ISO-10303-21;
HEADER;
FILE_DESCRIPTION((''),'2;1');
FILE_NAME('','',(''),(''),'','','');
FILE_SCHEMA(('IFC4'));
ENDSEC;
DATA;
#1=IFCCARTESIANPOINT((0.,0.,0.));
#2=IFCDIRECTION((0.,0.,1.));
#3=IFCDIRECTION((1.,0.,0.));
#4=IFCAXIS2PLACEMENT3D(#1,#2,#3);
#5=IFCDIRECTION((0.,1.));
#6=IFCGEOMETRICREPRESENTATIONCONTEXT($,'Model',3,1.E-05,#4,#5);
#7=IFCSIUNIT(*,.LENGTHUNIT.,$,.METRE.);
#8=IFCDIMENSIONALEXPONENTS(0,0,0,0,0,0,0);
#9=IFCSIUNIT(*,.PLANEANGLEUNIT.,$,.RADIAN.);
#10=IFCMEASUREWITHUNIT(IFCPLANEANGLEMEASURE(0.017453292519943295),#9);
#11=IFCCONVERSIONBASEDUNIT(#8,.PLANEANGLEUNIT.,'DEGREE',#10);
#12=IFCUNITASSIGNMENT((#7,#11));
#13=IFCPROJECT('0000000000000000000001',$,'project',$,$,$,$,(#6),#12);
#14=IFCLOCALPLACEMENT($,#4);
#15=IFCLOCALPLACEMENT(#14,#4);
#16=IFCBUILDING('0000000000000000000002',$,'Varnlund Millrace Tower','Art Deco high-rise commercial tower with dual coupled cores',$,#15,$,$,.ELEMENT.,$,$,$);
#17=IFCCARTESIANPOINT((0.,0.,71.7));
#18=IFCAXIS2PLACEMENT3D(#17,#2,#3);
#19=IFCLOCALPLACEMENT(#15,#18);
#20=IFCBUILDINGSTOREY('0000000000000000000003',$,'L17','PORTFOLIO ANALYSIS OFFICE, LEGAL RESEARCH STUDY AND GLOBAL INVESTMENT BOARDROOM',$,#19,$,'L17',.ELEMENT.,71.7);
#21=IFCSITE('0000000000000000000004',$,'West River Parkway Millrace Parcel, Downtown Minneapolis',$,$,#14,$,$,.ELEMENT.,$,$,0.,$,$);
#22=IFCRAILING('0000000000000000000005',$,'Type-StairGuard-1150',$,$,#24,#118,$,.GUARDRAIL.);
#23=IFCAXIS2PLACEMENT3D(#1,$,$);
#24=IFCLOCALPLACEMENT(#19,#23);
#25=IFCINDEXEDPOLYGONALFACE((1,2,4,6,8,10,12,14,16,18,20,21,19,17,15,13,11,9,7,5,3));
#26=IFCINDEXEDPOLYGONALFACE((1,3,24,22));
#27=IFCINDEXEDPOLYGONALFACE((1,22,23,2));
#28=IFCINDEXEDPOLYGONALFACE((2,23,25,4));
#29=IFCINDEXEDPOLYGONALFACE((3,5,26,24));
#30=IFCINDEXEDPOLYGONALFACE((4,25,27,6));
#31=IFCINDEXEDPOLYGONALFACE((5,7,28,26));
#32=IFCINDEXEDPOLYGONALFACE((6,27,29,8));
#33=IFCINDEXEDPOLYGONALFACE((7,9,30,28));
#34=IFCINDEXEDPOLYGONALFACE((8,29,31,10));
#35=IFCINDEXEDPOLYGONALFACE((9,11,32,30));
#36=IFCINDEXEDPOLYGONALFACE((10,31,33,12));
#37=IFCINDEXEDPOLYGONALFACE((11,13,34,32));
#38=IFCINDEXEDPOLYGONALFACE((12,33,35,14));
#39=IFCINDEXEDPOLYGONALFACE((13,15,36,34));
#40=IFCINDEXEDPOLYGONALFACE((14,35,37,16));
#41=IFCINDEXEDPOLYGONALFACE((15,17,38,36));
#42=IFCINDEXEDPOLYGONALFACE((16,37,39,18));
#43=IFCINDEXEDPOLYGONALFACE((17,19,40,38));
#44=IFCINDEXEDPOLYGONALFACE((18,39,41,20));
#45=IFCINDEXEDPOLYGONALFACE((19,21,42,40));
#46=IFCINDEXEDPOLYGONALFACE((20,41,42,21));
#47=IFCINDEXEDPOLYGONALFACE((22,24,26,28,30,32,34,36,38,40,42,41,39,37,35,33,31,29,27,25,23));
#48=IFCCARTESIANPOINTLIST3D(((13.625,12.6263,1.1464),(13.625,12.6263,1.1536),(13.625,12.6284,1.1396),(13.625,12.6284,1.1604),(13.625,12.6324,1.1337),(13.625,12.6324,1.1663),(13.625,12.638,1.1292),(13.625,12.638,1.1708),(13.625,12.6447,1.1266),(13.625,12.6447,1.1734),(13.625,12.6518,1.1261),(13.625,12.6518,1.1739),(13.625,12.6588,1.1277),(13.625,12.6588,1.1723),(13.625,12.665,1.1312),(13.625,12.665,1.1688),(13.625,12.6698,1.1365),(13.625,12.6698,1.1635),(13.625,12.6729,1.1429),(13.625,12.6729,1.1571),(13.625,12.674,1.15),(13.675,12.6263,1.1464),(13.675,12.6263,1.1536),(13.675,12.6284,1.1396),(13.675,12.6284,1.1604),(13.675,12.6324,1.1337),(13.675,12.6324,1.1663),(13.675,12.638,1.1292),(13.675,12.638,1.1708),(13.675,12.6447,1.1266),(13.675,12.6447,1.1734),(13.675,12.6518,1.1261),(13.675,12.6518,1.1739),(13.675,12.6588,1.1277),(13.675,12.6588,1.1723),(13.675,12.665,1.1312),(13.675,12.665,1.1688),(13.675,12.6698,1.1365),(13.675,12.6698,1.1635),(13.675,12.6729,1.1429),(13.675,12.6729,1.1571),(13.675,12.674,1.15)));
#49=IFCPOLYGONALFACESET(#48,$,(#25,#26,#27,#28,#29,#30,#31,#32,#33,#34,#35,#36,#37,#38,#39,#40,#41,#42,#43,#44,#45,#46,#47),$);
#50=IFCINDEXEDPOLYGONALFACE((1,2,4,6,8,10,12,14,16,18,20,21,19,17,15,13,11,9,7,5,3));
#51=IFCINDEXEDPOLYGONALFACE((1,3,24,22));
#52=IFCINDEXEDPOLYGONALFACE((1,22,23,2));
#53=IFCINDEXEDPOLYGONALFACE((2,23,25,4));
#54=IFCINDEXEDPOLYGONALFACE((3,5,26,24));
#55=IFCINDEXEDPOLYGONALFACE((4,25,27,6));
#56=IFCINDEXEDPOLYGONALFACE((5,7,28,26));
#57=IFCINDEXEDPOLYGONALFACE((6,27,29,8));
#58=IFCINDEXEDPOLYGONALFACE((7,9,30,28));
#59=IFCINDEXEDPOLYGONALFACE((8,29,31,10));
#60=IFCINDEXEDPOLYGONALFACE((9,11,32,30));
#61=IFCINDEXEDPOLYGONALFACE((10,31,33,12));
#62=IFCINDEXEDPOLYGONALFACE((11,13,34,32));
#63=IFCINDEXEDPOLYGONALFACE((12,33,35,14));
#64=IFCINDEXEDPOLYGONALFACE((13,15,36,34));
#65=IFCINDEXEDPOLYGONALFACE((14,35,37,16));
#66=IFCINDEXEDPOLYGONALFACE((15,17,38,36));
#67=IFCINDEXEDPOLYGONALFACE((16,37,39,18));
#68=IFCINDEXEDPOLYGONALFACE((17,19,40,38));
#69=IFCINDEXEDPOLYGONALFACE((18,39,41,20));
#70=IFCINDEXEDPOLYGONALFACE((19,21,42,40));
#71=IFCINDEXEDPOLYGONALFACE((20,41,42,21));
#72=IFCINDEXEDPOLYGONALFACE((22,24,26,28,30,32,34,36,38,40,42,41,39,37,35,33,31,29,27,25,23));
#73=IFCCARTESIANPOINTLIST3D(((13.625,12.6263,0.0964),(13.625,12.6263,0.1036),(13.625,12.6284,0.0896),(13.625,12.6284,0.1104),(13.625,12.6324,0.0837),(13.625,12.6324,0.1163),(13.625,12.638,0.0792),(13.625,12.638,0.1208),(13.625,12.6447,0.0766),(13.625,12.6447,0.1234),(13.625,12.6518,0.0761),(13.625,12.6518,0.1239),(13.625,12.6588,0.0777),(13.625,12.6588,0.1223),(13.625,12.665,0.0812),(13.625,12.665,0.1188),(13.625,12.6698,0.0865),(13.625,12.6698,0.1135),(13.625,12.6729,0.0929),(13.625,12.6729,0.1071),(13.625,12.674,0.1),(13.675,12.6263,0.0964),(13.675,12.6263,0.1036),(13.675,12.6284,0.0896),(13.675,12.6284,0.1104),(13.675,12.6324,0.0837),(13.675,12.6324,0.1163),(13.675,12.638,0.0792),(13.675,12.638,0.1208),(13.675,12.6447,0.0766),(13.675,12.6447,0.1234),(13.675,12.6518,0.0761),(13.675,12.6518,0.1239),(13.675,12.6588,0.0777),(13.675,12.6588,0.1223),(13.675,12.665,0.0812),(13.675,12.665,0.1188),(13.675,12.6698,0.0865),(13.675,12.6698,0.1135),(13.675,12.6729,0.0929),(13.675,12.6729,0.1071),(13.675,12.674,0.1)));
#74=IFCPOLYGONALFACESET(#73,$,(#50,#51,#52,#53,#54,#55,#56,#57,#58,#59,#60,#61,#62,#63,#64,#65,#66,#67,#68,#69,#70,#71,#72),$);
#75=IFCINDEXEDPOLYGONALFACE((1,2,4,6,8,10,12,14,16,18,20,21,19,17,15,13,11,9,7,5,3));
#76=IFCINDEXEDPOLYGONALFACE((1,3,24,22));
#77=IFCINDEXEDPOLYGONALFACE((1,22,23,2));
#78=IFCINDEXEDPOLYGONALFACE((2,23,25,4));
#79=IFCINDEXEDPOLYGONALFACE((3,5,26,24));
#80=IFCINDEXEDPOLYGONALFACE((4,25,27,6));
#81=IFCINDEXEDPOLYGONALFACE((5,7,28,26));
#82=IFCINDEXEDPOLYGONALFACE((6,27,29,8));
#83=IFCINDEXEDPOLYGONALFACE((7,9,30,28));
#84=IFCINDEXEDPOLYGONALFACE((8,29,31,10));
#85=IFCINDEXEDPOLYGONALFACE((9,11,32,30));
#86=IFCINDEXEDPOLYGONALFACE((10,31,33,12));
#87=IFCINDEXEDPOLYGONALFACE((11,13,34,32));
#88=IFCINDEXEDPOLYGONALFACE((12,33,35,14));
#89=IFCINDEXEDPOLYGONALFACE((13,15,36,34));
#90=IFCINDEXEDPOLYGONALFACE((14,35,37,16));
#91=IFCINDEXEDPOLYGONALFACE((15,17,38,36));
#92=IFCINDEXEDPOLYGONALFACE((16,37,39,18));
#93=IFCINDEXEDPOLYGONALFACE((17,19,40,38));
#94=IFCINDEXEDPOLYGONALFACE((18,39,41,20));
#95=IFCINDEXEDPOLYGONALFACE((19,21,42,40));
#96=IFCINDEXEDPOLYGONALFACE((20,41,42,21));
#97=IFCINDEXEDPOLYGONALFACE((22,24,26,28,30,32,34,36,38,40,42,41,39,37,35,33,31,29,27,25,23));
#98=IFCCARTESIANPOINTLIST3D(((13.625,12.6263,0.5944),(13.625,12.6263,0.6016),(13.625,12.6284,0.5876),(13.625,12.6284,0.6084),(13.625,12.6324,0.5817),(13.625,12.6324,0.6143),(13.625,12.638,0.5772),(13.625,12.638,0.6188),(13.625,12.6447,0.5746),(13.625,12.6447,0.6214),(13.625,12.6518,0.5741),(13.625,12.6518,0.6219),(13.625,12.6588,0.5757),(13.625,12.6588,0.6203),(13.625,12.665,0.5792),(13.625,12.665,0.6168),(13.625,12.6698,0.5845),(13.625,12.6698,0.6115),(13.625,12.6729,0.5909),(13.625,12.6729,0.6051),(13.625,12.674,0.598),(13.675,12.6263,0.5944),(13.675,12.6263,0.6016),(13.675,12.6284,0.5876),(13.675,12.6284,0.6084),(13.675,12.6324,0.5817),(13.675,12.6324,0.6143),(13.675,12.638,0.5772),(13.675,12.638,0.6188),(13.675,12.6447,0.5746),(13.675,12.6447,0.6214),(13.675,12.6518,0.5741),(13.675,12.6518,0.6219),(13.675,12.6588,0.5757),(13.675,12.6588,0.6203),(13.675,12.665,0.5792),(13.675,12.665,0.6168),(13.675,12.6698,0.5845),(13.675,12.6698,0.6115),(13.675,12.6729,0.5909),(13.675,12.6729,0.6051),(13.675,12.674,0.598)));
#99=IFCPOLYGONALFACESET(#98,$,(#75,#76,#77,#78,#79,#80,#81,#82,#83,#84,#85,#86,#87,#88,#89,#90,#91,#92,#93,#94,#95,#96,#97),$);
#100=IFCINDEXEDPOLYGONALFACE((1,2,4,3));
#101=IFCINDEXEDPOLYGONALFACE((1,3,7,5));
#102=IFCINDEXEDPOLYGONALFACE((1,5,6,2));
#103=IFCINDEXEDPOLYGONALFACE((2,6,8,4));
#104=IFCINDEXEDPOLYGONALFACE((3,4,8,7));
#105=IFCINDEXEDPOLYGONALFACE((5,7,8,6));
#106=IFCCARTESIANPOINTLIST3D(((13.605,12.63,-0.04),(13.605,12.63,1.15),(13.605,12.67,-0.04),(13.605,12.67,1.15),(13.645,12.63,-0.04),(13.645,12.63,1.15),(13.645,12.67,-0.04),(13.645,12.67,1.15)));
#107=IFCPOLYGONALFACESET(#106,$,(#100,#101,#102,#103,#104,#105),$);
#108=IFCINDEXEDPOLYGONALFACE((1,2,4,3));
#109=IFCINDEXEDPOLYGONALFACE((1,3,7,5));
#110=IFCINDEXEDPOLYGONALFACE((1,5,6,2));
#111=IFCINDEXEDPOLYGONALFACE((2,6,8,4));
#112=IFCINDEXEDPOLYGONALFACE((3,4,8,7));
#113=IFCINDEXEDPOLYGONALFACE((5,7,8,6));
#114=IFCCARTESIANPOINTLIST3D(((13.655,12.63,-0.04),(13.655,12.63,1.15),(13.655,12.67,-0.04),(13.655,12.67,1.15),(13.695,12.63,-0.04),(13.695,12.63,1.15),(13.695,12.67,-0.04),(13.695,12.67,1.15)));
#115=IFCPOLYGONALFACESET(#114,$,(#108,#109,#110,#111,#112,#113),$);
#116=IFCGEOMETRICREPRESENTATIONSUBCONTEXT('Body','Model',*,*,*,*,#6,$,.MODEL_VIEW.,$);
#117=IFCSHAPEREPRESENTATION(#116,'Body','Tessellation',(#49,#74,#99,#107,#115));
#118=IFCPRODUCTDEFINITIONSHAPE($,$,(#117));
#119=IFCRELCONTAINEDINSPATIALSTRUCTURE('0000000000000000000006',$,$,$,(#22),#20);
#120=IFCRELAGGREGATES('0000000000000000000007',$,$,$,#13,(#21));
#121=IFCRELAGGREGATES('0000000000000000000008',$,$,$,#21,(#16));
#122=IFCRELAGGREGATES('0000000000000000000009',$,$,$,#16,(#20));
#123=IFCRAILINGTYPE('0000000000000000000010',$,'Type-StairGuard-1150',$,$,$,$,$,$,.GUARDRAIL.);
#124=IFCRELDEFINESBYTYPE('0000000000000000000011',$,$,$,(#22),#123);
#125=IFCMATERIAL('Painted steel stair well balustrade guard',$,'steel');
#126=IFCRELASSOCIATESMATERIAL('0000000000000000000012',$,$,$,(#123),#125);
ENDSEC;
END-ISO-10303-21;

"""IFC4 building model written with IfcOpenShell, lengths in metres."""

from ifc_helpers import new_model, entity, si_unit, converted_unit, direction, frame, origin_with_axes, origin_2d_with_axis, place, context, subcontext, project, spatial, rectangle, circle, extrude, material, type_object, element, save


model = new_model("IFC4")

# Units and contexts
model_context = context("Model", 3, precision=1e-05, world=origin_with_axes(), true_north=direction((0.0, 1.0)))
body_context = subcontext(model_context, "Body", "Model", "MODEL_VIEW")
ifc_project = project(units=[si_unit("LENGTHUNIT", "METRE"), converted_unit("PLANEANGLEUNIT", "DEGREE", entity("IfcPlaneAngleMeasure", 0.017453292519943295), si_unit("PLANEANGLEUNIT", "RADIAN"), dimensions=[0, 0, 0, 0, 0, 0, 0])], contexts=[model_context])

# Site, building, storey
site_placement = place(None, origin_with_axes())
site = spatial("IfcSite", under=ifc_project, at=site_placement, Name="West River Parkway Millrace Parcel, Downtown Minneapolis", CompositionType="ELEMENT", RefElevation=0.0)
building_placement = place(site_placement, origin_with_axes())
building = spatial("IfcBuilding", under=site, at=building_placement, Name="Varnlund Millrace Tower", Description="Art Deco high-rise commercial tower with dual coupled cores", CompositionType="ELEMENT")
storey_placement = place(building_placement, frame((0.0, 0.0, 71.7), z_axis=(0.0, 0.0, 1.0), x_axis=(1.0, 0.0, 0.0)))
storey = spatial("IfcBuildingStorey", under=building, at=storey_placement, Name="L17", Description="PORTFOLIO ANALYSIS OFFICE, LEGAL RESEARCH STUDY AND GLOBAL INVESTMENT BOARDROOM", LongName="L17", CompositionType="ELEMENT", Elevation=71.7)

# Railing
ifc_material_1 = material(Name="Painted steel stair well balustrade guard", Category="steel")
railing_type_1 = type_object("IfcRailingType", Name="Type-StairGuard-1150", PredefinedType="GUARDRAIL", material=ifc_material_1)
railing_1_placement = place(storey_placement, frame((0.0, 0.0, -71.7), z_axis=(0.0, 0.0, 1.0), x_axis=(1.0, 0.0, 0.0)))
element("IfcRailing", 1, at=railing_1_placement, inside=storey, type_object=railing_type_1, Name="Type-StairGuard-1150", PredefinedType="GUARDRAIL", context=body_context, shape_type="SweptSolid", body=[
    extrude(circle(Radius=0.024, at=origin_2d_with_axis()), frame((13.625, 12.65, 72.85), z_axis=(1.0, 0.0, 0.0), x_axis=(0.0, 1.0, 0.0)), (0.0, 0.0, 1.0), 0.05),
    extrude(circle(Radius=0.024, at=origin_2d_with_axis()), frame((13.625, 12.65, 71.8), z_axis=(1.0, 0.0, 0.0), x_axis=(0.0, 1.0, 0.0)), (0.0, 0.0, 1.0), 0.05),
    extrude(circle(Radius=0.024, at=origin_2d_with_axis()), frame((13.625, 12.65, 72.298), z_axis=(1.0, 0.0, 0.0), x_axis=(0.0, 1.0, 0.0)), (0.0, 0.0, 1.0), 0.05),
    extrude(rectangle(XDim=0.04, YDim=0.04, at=origin_2d_with_axis()), frame((13.625, 12.65, 71.66), z_axis=(0.0, 0.0, 1.0), x_axis=(1.0, 0.0, 0.0)), (0.0, 0.0, 1.0), 1.19),
    extrude(rectangle(XDim=0.04, YDim=0.04, at=origin_2d_with_axis()), frame((13.675, 12.65, 71.66), z_axis=(0.0, 0.0, 1.0), x_axis=(1.0, 0.0, 0.0)), (0.0, 0.0, 1.0), 1.19),
])

save(model, "model.ifc")
